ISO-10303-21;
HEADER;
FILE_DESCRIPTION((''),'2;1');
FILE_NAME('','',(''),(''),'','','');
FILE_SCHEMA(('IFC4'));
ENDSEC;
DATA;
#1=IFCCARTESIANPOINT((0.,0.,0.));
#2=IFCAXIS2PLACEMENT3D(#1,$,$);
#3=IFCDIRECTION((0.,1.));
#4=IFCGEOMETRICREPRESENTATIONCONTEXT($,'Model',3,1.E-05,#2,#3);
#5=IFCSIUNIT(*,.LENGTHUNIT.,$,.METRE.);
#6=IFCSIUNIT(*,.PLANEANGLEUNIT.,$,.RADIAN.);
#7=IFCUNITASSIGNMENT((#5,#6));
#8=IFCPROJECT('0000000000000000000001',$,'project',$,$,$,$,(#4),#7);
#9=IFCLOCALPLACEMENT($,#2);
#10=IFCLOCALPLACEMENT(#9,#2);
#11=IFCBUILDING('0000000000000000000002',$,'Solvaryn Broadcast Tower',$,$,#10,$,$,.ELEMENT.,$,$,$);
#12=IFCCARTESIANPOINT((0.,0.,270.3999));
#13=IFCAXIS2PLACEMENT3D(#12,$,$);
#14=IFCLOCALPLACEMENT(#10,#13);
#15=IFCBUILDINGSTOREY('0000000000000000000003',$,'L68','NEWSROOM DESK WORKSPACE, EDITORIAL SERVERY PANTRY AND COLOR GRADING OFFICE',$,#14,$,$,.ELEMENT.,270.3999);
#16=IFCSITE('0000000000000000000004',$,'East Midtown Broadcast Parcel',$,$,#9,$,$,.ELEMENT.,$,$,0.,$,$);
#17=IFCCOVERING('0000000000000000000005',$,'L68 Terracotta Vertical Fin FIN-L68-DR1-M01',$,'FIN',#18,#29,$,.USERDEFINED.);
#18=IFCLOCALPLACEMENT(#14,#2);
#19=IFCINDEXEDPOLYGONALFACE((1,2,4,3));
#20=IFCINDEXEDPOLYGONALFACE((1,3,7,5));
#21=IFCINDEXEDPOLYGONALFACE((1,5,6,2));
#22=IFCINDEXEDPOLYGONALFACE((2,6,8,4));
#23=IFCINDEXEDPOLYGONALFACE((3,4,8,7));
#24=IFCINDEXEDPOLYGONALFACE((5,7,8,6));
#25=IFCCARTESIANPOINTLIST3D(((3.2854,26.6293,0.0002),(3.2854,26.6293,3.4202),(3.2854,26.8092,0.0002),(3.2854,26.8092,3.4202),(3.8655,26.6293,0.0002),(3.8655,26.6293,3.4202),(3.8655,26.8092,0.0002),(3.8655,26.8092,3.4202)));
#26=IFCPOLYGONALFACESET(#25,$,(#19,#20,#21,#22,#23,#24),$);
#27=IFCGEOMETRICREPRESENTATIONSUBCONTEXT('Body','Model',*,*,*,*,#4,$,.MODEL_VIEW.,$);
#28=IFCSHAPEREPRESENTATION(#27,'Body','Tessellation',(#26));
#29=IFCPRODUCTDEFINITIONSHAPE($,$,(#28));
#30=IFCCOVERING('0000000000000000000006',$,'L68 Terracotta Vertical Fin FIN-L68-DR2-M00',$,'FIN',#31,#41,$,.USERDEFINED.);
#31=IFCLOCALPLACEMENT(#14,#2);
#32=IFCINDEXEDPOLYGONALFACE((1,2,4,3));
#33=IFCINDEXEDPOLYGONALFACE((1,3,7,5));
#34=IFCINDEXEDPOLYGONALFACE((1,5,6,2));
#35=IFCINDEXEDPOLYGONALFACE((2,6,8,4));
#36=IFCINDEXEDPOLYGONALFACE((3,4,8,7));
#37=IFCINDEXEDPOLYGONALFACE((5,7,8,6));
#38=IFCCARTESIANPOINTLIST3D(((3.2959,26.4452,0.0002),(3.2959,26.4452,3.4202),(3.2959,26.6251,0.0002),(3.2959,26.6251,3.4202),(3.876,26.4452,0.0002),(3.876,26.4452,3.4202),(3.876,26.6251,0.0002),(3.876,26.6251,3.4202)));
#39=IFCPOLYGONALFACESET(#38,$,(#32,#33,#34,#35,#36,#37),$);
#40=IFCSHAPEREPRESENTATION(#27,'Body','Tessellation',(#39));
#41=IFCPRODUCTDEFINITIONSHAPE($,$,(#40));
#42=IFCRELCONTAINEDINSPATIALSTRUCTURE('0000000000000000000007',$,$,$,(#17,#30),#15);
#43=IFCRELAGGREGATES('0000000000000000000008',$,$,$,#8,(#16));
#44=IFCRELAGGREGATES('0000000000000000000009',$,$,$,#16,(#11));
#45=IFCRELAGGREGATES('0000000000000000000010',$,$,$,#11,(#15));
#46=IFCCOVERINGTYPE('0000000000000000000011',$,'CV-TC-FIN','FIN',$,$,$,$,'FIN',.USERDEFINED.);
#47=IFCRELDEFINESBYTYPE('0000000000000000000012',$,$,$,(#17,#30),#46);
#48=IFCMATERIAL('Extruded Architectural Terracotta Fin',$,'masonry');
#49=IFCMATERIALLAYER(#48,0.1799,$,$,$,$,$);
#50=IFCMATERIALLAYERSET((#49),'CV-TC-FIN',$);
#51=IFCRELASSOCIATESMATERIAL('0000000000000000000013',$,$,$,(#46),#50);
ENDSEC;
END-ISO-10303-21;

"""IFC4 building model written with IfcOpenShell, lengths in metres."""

from ifc_helpers import new_model, si_unit, direction, frame, origin, origin_2d, place, context, subcontext, project, spatial, rectangle, extrude, material, layer, layer_set, type_object, element, save


model = new_model("IFC4")

# Units and contexts
model_context = context("Model", 3, precision=1e-05, world=origin(), true_north=direction((0.0, 1.0)))
body_context = subcontext(model_context, "Body", "Model", "MODEL_VIEW")
ifc_project = project(units=[si_unit("LENGTHUNIT", "METRE"), si_unit("PLANEANGLEUNIT", "RADIAN")], contexts=[model_context])

# Site, building, storey
site_placement = place(None, origin())
site = spatial("IfcSite", under=ifc_project, at=site_placement, Name="East Midtown Broadcast Parcel", CompositionType="ELEMENT", RefElevation=0.0)
building_placement = place(site_placement, origin())
building = spatial("IfcBuilding", under=site, at=building_placement, Name="Solvaryn Broadcast Tower", CompositionType="ELEMENT")
storey_placement = place(building_placement, frame((0.0, 0.0, 270.3999)))
storey = spatial("IfcBuildingStorey", under=building, at=storey_placement, Name="L68", Description="NEWSROOM DESK WORKSPACE, EDITORIAL SERVERY PANTRY AND COLOR GRADING OFFICE", CompositionType="ELEMENT", Elevation=270.3999)

# Coverings
ifc_material_1 = material(Name="Extruded Architectural Terracotta Fin", Category="masonry")
ifc_layer_1 = layer(ifc_material_1, 0.1799)
ifc_layer_set_1 = layer_set([ifc_layer_1], Name="CV-TC-FIN")
covering_type_1 = type_object("IfcCoveringType", Name="CV-TC-FIN", Description="FIN", ElementType="FIN", PredefinedType="USERDEFINED", material=ifc_layer_set_1)
for number, where, z_axis, x_axis, name in (
    (1, (3.5754, 26.7192, 0.0002), (0.0, 0.0, 1.0), (1.0, 0.0, 0.0), "L68 Terracotta Vertical Fin FIN-L68-DR1-M01"),
    (2, (3.5859, 26.5352, 0.0002), (0.0, 0.0, 1.0), (1.0, 0.0, 0.0), "L68 Terracotta Vertical Fin FIN-L68-DR2-M00"),
):
    element("IfcCovering", number, at=place(storey_placement, frame(where, z_axis=z_axis, x_axis=x_axis)), inside=storey, type_object=covering_type_1, Name=name, ObjectType="FIN", PredefinedType="USERDEFINED", context=body_context, shape_type="SweptSolid", body=[
        extrude(rectangle(XDim=0.5801, YDim=0.1799, at=origin_2d()), origin(), (0.0, 0.0, 1.0), 3.4199),
    ])

save(model, "model.ifc")
